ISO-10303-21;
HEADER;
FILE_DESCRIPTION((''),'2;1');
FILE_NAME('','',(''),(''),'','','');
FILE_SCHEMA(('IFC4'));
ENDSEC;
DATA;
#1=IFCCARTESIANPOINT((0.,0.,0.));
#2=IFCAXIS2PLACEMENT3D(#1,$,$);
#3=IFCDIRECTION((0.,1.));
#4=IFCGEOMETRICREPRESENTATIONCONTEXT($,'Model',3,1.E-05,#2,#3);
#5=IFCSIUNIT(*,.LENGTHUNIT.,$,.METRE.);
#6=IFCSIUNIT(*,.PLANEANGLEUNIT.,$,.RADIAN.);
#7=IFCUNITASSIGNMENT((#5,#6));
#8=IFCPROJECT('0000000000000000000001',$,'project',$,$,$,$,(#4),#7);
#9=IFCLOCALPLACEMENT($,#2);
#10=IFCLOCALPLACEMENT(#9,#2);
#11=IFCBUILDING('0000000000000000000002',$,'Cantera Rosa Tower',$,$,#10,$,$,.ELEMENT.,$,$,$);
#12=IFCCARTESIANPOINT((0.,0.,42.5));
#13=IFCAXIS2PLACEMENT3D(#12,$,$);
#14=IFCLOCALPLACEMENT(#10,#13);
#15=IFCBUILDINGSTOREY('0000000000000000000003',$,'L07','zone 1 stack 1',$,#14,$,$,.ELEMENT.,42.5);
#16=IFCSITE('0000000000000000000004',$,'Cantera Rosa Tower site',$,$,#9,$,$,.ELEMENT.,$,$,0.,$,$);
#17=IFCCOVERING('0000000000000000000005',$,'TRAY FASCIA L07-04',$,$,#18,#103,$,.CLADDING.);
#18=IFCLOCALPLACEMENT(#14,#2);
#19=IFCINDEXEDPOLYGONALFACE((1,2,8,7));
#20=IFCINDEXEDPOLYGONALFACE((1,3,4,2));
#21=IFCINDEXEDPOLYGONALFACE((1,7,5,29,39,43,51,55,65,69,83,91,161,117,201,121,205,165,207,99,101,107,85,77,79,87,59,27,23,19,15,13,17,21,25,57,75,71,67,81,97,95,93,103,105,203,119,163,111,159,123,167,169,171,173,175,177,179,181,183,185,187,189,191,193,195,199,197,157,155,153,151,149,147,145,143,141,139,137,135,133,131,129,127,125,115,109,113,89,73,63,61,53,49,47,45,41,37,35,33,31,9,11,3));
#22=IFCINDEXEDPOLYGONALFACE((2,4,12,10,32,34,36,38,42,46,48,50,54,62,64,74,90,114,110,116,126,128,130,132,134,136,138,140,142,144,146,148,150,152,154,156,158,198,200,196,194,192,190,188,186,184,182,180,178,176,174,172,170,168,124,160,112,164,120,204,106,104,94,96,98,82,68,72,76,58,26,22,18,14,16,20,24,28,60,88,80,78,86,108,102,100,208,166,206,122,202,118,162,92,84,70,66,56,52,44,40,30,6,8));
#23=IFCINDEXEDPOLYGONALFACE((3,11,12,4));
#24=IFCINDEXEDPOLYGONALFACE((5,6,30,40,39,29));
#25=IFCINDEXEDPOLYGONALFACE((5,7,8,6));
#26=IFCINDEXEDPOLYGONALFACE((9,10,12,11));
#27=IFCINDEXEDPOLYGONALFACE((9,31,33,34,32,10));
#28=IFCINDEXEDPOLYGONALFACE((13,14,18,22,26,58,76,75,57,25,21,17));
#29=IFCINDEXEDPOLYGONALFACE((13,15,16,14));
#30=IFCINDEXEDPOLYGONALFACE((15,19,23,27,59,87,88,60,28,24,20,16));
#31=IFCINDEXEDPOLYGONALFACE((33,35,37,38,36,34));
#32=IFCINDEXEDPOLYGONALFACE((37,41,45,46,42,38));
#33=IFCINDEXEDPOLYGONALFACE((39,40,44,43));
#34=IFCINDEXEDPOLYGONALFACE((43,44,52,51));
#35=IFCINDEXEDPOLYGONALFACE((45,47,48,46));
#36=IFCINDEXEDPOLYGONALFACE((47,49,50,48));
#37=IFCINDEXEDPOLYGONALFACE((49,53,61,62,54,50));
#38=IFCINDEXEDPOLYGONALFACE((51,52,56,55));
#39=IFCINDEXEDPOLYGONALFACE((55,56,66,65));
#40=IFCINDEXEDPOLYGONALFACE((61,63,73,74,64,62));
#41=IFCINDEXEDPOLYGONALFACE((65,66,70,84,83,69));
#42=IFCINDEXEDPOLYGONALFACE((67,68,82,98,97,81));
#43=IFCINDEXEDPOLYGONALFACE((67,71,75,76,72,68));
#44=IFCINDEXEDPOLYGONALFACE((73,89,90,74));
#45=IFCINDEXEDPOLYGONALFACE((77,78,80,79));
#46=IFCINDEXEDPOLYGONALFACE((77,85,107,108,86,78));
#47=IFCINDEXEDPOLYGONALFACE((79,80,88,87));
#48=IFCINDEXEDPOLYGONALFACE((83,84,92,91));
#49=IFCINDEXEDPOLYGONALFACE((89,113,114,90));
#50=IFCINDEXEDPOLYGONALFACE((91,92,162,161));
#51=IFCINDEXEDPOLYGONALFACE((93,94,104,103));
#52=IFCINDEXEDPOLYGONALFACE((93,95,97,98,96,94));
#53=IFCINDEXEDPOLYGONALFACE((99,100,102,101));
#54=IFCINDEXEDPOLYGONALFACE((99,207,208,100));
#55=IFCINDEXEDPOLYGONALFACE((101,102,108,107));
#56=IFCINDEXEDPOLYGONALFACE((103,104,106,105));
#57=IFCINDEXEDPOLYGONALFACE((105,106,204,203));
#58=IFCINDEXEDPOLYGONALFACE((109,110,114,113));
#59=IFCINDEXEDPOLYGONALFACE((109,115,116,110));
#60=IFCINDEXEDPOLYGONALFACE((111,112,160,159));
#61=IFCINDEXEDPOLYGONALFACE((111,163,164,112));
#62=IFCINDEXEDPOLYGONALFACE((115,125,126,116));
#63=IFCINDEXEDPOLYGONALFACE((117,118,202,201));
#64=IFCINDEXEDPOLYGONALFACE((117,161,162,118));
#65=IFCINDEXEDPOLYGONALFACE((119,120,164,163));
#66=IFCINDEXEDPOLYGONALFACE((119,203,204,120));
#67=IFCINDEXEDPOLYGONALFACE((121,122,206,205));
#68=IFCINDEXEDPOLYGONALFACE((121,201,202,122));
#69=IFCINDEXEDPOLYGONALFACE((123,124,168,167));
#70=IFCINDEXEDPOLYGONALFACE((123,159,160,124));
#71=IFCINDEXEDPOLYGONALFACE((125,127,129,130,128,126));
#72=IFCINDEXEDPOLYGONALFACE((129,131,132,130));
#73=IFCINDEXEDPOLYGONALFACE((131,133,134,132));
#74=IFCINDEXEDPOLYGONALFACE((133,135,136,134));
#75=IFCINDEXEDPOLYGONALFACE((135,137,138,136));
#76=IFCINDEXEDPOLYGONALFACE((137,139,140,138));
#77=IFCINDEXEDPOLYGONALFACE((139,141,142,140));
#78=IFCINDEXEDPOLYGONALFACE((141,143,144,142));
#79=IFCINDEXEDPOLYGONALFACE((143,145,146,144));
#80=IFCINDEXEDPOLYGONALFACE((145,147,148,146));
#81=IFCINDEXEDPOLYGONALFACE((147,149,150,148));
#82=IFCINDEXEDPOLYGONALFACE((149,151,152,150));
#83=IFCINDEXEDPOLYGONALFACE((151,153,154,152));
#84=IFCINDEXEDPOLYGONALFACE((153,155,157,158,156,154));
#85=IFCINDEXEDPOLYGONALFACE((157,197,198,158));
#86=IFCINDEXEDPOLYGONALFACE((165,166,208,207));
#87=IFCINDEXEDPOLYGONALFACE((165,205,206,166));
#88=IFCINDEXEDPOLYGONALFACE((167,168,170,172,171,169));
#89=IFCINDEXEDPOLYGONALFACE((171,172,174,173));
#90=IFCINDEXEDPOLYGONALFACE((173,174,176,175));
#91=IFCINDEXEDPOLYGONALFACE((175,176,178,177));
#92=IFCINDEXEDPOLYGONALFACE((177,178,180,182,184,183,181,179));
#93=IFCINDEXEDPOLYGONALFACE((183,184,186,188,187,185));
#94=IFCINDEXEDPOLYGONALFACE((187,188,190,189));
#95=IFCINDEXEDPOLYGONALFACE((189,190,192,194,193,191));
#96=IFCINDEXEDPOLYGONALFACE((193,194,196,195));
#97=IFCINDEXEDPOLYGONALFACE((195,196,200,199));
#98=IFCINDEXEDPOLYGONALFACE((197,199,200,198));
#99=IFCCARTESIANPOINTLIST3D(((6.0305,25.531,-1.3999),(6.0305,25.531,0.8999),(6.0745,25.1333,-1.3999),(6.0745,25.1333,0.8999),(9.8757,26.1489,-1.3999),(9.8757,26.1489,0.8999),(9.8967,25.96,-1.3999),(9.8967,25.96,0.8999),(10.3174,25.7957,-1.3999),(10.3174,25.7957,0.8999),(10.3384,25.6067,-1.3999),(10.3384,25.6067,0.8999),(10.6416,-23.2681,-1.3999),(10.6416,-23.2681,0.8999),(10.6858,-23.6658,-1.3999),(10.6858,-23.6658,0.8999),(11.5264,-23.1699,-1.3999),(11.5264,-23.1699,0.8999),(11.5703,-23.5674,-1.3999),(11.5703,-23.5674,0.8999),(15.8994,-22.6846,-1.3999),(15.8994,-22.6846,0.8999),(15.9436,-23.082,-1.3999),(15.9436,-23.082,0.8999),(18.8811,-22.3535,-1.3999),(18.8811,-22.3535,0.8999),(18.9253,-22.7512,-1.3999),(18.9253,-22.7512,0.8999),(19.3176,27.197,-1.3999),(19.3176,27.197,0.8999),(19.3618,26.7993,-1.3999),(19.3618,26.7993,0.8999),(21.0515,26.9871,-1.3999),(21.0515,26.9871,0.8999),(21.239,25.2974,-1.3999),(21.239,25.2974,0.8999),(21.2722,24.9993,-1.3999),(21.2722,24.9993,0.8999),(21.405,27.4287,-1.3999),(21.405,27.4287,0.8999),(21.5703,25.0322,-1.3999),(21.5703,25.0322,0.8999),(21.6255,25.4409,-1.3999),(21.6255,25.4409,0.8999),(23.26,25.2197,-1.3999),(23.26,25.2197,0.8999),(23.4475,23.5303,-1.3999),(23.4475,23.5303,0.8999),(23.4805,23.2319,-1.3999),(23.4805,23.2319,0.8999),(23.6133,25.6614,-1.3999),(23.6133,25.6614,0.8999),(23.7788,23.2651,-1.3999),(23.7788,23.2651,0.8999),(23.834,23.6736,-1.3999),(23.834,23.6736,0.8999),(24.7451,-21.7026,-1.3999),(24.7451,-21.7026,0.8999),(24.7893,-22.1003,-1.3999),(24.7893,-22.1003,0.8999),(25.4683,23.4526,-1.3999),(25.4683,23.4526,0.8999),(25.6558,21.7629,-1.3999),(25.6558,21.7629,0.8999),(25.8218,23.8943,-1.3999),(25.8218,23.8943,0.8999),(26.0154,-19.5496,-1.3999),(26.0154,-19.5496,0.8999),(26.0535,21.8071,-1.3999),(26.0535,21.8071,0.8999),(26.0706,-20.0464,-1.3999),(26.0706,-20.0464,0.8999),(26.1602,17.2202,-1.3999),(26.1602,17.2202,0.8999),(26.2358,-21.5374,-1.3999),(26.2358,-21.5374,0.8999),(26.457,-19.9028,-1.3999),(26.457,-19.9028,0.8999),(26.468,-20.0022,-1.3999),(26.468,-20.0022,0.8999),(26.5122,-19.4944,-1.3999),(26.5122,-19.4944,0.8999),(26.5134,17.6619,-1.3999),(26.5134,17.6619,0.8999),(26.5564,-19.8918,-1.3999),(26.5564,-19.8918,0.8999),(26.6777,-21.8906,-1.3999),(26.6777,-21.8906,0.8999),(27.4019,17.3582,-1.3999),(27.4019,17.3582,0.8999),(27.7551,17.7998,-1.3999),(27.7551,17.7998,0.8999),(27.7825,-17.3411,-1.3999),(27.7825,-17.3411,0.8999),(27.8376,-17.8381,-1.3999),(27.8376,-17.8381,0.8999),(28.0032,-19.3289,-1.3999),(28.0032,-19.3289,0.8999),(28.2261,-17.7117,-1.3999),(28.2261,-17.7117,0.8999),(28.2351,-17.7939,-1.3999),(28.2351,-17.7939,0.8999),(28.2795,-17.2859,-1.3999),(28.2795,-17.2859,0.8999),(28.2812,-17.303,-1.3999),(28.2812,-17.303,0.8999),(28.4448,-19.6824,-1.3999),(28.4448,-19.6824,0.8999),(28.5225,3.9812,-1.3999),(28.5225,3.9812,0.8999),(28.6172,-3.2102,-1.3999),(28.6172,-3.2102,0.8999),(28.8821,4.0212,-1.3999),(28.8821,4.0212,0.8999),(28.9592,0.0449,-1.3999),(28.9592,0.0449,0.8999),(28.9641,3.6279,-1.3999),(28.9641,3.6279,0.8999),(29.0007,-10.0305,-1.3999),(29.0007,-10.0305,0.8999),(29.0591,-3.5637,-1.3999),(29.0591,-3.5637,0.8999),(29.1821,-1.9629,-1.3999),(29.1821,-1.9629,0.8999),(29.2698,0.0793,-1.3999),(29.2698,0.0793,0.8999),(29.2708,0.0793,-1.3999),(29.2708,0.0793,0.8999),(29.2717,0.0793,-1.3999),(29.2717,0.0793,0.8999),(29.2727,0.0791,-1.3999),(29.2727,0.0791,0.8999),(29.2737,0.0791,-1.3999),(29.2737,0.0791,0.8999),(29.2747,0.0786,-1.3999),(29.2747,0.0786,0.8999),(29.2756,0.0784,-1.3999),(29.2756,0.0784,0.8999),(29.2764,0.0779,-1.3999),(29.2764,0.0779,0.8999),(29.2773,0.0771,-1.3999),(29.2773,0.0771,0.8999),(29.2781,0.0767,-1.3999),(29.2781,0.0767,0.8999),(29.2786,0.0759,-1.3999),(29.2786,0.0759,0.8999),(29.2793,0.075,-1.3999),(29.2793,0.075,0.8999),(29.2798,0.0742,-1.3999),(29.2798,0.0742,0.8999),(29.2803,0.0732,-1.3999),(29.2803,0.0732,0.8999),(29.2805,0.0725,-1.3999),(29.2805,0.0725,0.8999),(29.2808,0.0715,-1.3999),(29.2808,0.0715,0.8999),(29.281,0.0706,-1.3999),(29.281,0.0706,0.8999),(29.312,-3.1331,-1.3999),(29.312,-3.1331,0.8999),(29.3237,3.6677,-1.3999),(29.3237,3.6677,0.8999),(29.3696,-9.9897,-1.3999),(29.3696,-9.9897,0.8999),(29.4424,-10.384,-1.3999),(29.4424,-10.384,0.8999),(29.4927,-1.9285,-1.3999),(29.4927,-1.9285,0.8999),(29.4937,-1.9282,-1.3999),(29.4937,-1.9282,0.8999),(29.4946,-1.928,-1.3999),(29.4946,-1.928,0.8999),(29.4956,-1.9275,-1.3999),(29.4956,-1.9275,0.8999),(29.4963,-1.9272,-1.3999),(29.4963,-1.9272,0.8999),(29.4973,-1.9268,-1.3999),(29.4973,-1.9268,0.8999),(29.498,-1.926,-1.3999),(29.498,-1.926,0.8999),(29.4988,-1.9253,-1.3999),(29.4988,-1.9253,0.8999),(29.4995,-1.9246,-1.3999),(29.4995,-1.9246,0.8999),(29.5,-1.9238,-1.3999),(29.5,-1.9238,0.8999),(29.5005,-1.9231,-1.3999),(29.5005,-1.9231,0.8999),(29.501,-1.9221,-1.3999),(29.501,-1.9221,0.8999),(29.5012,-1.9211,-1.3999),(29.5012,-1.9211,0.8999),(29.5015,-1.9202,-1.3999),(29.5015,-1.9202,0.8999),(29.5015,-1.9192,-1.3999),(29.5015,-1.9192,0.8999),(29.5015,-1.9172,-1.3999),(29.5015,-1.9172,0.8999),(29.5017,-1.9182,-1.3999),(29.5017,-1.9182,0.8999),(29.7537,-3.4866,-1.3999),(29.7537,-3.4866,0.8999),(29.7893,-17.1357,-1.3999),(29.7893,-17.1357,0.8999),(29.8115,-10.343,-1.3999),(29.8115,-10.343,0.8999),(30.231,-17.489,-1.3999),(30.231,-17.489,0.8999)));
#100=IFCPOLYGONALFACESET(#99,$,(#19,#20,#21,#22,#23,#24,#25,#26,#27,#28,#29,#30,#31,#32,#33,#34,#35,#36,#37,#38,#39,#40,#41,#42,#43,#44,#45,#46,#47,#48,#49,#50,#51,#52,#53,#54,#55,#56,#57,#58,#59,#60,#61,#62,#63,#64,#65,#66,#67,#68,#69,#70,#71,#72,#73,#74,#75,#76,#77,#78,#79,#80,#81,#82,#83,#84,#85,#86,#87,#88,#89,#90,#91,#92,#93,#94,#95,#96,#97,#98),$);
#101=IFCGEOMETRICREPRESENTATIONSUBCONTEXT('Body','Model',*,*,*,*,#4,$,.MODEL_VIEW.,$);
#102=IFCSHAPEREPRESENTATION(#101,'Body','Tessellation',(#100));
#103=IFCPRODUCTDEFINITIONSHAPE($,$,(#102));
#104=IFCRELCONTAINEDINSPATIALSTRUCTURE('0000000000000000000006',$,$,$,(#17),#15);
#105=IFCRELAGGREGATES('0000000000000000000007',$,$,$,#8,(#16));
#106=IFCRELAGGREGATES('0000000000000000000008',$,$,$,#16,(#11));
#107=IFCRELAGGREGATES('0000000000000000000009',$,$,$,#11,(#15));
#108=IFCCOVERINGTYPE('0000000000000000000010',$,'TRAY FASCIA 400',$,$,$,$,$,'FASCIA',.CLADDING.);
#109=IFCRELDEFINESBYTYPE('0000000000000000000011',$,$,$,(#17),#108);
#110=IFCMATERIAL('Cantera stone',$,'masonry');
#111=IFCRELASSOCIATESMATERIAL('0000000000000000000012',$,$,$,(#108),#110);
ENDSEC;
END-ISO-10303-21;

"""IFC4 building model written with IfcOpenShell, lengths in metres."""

from ifc_helpers import new_model, si_unit, direction, frame, origin, place, context, subcontext, project, spatial, polyline, outline, extrude, material, type_object, element, save


model = new_model("IFC4")

# Units and contexts
model_context = context("Model", 3, precision=1e-05, world=origin(), true_north=direction((0.0, 1.0)))
body_context = subcontext(model_context, "Body", "Model", "MODEL_VIEW")
ifc_project = project(units=[si_unit("LENGTHUNIT", "METRE"), si_unit("PLANEANGLEUNIT", "RADIAN")], contexts=[model_context])

# Site, building, storey
site_placement = place(None, origin())
site = spatial("IfcSite", under=ifc_project, at=site_placement, Name="Cantera Rosa Tower site", CompositionType="ELEMENT", RefElevation=0.0)
building_placement = place(site_placement, origin())
building = spatial("IfcBuilding", under=site, at=building_placement, Name="Cantera Rosa Tower", CompositionType="ELEMENT")
storey_placement = place(building_placement, frame((0.0, 0.0, 42.5)))
storey = spatial("IfcBuildingStorey", under=building, at=storey_placement, Name="L07", Description="zone 1 stack 1", CompositionType="ELEMENT", Elevation=42.5)

# Covering
ifc_material_1 = material(Name="Cantera stone", Category="masonry")
covering_type_1 = type_object("IfcCoveringType", Name="TRAY FASCIA 400", ElementType="FASCIA", PredefinedType="CLADDING", material=ifc_material_1)
covering_1_placement = place(storey_placement, frame((0.0, 0.0, -1.3999)))
element("IfcCovering", 1, at=covering_1_placement, inside=storey, type_object=covering_type_1, Name="TRAY FASCIA L07-04", PredefinedType="CLADDING", context=body_context, shape_type="SweptSolid", body=[
    extrude(outline(polyline([(9.8967, 25.96), (9.8757, 26.1489), (19.3176, 27.197), (21.405, 27.4287), (21.6255, 25.4409), (23.6133, 25.6614), (23.834, 23.6736), (25.8218, 23.8943), (26.0535, 21.8071), (26.5134, 17.6619), (27.7551, 17.7998), (29.3237, 3.6677), (28.9641, 3.6279), (29.7537, -3.4866), (29.0591, -3.5637), (29.8115, -10.343), (29.4424, -10.384), (30.231, -17.489), (28.2261, -17.7117), (28.2351, -17.7939), (28.4448, -19.6824), (26.5564, -19.8918), (26.457, -19.9028), (26.468, -20.0022), (26.6777, -21.8906), (24.7893, -22.1003), (18.9253, -22.7512), (15.9436, -23.082), (11.5703, -23.5674), (10.6858, -23.6658), (10.6416, -23.2681), (11.5264, -23.1699), (15.8994, -22.6846), (18.8811, -22.3535), (24.7451, -21.7026), (26.2358, -21.5374), (26.0706, -20.0464), (26.0154, -19.5496), (26.5122, -19.4944), (28.0032, -19.3289), (27.8376, -17.8381), (27.7825, -17.3411), (28.2795, -17.2859), (28.2812, -17.303), (29.7893, -17.1357), (29.0007, -10.0305), (29.3696, -9.9897), (28.6172, -3.2102), (29.312, -3.1331), (29.1821, -1.9629), (29.4927, -1.9285), (29.4937, -1.9282), (29.4946, -1.928), (29.4956, -1.9275), (29.4963, -1.9272), (29.4973, -1.9268), (29.498, -1.926), (29.4988, -1.9253), (29.4995, -1.9246), (29.5, -1.9238), (29.5005, -1.9231), (29.501, -1.9221), (29.5012, -1.9211), (29.5015, -1.9202), (29.5015, -1.9192), (29.5017, -1.9182), (29.5015, -1.9172), (29.281, 0.0706), (29.2808, 0.0715), (29.2805, 0.0725), (29.2803, 0.0732), (29.2798, 0.0742), (29.2793, 0.075), (29.2786, 0.0759), (29.2781, 0.0767), (29.2773, 0.0771), (29.2764, 0.0779), (29.2756, 0.0784), (29.2747, 0.0786), (29.2737, 0.0791), (29.2727, 0.0791), (29.2717, 0.0793), (29.2708, 0.0793), (29.2698, 0.0793), (28.9592, 0.0449), (28.5225, 3.9812), (28.8821, 4.0212), (27.4019, 17.3582), (26.1602, 17.2202), (25.6558, 21.7629), (25.4683, 23.4526), (23.7788, 23.2651), (23.4805, 23.2319), (23.4475, 23.5303), (23.26, 25.2197), (21.5703, 25.0322), (21.2722, 24.9993), (21.239, 25.2974), (21.0515, 26.9871), (19.3618, 26.7993), (10.3174, 25.7957), (10.3384, 25.6067), (6.0745, 25.1333), (6.0305, 25.531), (9.8967, 25.96)])), origin(), (0.0, 0.0, 1.0), 2.2998),
])

save(model, "model.ifc")
